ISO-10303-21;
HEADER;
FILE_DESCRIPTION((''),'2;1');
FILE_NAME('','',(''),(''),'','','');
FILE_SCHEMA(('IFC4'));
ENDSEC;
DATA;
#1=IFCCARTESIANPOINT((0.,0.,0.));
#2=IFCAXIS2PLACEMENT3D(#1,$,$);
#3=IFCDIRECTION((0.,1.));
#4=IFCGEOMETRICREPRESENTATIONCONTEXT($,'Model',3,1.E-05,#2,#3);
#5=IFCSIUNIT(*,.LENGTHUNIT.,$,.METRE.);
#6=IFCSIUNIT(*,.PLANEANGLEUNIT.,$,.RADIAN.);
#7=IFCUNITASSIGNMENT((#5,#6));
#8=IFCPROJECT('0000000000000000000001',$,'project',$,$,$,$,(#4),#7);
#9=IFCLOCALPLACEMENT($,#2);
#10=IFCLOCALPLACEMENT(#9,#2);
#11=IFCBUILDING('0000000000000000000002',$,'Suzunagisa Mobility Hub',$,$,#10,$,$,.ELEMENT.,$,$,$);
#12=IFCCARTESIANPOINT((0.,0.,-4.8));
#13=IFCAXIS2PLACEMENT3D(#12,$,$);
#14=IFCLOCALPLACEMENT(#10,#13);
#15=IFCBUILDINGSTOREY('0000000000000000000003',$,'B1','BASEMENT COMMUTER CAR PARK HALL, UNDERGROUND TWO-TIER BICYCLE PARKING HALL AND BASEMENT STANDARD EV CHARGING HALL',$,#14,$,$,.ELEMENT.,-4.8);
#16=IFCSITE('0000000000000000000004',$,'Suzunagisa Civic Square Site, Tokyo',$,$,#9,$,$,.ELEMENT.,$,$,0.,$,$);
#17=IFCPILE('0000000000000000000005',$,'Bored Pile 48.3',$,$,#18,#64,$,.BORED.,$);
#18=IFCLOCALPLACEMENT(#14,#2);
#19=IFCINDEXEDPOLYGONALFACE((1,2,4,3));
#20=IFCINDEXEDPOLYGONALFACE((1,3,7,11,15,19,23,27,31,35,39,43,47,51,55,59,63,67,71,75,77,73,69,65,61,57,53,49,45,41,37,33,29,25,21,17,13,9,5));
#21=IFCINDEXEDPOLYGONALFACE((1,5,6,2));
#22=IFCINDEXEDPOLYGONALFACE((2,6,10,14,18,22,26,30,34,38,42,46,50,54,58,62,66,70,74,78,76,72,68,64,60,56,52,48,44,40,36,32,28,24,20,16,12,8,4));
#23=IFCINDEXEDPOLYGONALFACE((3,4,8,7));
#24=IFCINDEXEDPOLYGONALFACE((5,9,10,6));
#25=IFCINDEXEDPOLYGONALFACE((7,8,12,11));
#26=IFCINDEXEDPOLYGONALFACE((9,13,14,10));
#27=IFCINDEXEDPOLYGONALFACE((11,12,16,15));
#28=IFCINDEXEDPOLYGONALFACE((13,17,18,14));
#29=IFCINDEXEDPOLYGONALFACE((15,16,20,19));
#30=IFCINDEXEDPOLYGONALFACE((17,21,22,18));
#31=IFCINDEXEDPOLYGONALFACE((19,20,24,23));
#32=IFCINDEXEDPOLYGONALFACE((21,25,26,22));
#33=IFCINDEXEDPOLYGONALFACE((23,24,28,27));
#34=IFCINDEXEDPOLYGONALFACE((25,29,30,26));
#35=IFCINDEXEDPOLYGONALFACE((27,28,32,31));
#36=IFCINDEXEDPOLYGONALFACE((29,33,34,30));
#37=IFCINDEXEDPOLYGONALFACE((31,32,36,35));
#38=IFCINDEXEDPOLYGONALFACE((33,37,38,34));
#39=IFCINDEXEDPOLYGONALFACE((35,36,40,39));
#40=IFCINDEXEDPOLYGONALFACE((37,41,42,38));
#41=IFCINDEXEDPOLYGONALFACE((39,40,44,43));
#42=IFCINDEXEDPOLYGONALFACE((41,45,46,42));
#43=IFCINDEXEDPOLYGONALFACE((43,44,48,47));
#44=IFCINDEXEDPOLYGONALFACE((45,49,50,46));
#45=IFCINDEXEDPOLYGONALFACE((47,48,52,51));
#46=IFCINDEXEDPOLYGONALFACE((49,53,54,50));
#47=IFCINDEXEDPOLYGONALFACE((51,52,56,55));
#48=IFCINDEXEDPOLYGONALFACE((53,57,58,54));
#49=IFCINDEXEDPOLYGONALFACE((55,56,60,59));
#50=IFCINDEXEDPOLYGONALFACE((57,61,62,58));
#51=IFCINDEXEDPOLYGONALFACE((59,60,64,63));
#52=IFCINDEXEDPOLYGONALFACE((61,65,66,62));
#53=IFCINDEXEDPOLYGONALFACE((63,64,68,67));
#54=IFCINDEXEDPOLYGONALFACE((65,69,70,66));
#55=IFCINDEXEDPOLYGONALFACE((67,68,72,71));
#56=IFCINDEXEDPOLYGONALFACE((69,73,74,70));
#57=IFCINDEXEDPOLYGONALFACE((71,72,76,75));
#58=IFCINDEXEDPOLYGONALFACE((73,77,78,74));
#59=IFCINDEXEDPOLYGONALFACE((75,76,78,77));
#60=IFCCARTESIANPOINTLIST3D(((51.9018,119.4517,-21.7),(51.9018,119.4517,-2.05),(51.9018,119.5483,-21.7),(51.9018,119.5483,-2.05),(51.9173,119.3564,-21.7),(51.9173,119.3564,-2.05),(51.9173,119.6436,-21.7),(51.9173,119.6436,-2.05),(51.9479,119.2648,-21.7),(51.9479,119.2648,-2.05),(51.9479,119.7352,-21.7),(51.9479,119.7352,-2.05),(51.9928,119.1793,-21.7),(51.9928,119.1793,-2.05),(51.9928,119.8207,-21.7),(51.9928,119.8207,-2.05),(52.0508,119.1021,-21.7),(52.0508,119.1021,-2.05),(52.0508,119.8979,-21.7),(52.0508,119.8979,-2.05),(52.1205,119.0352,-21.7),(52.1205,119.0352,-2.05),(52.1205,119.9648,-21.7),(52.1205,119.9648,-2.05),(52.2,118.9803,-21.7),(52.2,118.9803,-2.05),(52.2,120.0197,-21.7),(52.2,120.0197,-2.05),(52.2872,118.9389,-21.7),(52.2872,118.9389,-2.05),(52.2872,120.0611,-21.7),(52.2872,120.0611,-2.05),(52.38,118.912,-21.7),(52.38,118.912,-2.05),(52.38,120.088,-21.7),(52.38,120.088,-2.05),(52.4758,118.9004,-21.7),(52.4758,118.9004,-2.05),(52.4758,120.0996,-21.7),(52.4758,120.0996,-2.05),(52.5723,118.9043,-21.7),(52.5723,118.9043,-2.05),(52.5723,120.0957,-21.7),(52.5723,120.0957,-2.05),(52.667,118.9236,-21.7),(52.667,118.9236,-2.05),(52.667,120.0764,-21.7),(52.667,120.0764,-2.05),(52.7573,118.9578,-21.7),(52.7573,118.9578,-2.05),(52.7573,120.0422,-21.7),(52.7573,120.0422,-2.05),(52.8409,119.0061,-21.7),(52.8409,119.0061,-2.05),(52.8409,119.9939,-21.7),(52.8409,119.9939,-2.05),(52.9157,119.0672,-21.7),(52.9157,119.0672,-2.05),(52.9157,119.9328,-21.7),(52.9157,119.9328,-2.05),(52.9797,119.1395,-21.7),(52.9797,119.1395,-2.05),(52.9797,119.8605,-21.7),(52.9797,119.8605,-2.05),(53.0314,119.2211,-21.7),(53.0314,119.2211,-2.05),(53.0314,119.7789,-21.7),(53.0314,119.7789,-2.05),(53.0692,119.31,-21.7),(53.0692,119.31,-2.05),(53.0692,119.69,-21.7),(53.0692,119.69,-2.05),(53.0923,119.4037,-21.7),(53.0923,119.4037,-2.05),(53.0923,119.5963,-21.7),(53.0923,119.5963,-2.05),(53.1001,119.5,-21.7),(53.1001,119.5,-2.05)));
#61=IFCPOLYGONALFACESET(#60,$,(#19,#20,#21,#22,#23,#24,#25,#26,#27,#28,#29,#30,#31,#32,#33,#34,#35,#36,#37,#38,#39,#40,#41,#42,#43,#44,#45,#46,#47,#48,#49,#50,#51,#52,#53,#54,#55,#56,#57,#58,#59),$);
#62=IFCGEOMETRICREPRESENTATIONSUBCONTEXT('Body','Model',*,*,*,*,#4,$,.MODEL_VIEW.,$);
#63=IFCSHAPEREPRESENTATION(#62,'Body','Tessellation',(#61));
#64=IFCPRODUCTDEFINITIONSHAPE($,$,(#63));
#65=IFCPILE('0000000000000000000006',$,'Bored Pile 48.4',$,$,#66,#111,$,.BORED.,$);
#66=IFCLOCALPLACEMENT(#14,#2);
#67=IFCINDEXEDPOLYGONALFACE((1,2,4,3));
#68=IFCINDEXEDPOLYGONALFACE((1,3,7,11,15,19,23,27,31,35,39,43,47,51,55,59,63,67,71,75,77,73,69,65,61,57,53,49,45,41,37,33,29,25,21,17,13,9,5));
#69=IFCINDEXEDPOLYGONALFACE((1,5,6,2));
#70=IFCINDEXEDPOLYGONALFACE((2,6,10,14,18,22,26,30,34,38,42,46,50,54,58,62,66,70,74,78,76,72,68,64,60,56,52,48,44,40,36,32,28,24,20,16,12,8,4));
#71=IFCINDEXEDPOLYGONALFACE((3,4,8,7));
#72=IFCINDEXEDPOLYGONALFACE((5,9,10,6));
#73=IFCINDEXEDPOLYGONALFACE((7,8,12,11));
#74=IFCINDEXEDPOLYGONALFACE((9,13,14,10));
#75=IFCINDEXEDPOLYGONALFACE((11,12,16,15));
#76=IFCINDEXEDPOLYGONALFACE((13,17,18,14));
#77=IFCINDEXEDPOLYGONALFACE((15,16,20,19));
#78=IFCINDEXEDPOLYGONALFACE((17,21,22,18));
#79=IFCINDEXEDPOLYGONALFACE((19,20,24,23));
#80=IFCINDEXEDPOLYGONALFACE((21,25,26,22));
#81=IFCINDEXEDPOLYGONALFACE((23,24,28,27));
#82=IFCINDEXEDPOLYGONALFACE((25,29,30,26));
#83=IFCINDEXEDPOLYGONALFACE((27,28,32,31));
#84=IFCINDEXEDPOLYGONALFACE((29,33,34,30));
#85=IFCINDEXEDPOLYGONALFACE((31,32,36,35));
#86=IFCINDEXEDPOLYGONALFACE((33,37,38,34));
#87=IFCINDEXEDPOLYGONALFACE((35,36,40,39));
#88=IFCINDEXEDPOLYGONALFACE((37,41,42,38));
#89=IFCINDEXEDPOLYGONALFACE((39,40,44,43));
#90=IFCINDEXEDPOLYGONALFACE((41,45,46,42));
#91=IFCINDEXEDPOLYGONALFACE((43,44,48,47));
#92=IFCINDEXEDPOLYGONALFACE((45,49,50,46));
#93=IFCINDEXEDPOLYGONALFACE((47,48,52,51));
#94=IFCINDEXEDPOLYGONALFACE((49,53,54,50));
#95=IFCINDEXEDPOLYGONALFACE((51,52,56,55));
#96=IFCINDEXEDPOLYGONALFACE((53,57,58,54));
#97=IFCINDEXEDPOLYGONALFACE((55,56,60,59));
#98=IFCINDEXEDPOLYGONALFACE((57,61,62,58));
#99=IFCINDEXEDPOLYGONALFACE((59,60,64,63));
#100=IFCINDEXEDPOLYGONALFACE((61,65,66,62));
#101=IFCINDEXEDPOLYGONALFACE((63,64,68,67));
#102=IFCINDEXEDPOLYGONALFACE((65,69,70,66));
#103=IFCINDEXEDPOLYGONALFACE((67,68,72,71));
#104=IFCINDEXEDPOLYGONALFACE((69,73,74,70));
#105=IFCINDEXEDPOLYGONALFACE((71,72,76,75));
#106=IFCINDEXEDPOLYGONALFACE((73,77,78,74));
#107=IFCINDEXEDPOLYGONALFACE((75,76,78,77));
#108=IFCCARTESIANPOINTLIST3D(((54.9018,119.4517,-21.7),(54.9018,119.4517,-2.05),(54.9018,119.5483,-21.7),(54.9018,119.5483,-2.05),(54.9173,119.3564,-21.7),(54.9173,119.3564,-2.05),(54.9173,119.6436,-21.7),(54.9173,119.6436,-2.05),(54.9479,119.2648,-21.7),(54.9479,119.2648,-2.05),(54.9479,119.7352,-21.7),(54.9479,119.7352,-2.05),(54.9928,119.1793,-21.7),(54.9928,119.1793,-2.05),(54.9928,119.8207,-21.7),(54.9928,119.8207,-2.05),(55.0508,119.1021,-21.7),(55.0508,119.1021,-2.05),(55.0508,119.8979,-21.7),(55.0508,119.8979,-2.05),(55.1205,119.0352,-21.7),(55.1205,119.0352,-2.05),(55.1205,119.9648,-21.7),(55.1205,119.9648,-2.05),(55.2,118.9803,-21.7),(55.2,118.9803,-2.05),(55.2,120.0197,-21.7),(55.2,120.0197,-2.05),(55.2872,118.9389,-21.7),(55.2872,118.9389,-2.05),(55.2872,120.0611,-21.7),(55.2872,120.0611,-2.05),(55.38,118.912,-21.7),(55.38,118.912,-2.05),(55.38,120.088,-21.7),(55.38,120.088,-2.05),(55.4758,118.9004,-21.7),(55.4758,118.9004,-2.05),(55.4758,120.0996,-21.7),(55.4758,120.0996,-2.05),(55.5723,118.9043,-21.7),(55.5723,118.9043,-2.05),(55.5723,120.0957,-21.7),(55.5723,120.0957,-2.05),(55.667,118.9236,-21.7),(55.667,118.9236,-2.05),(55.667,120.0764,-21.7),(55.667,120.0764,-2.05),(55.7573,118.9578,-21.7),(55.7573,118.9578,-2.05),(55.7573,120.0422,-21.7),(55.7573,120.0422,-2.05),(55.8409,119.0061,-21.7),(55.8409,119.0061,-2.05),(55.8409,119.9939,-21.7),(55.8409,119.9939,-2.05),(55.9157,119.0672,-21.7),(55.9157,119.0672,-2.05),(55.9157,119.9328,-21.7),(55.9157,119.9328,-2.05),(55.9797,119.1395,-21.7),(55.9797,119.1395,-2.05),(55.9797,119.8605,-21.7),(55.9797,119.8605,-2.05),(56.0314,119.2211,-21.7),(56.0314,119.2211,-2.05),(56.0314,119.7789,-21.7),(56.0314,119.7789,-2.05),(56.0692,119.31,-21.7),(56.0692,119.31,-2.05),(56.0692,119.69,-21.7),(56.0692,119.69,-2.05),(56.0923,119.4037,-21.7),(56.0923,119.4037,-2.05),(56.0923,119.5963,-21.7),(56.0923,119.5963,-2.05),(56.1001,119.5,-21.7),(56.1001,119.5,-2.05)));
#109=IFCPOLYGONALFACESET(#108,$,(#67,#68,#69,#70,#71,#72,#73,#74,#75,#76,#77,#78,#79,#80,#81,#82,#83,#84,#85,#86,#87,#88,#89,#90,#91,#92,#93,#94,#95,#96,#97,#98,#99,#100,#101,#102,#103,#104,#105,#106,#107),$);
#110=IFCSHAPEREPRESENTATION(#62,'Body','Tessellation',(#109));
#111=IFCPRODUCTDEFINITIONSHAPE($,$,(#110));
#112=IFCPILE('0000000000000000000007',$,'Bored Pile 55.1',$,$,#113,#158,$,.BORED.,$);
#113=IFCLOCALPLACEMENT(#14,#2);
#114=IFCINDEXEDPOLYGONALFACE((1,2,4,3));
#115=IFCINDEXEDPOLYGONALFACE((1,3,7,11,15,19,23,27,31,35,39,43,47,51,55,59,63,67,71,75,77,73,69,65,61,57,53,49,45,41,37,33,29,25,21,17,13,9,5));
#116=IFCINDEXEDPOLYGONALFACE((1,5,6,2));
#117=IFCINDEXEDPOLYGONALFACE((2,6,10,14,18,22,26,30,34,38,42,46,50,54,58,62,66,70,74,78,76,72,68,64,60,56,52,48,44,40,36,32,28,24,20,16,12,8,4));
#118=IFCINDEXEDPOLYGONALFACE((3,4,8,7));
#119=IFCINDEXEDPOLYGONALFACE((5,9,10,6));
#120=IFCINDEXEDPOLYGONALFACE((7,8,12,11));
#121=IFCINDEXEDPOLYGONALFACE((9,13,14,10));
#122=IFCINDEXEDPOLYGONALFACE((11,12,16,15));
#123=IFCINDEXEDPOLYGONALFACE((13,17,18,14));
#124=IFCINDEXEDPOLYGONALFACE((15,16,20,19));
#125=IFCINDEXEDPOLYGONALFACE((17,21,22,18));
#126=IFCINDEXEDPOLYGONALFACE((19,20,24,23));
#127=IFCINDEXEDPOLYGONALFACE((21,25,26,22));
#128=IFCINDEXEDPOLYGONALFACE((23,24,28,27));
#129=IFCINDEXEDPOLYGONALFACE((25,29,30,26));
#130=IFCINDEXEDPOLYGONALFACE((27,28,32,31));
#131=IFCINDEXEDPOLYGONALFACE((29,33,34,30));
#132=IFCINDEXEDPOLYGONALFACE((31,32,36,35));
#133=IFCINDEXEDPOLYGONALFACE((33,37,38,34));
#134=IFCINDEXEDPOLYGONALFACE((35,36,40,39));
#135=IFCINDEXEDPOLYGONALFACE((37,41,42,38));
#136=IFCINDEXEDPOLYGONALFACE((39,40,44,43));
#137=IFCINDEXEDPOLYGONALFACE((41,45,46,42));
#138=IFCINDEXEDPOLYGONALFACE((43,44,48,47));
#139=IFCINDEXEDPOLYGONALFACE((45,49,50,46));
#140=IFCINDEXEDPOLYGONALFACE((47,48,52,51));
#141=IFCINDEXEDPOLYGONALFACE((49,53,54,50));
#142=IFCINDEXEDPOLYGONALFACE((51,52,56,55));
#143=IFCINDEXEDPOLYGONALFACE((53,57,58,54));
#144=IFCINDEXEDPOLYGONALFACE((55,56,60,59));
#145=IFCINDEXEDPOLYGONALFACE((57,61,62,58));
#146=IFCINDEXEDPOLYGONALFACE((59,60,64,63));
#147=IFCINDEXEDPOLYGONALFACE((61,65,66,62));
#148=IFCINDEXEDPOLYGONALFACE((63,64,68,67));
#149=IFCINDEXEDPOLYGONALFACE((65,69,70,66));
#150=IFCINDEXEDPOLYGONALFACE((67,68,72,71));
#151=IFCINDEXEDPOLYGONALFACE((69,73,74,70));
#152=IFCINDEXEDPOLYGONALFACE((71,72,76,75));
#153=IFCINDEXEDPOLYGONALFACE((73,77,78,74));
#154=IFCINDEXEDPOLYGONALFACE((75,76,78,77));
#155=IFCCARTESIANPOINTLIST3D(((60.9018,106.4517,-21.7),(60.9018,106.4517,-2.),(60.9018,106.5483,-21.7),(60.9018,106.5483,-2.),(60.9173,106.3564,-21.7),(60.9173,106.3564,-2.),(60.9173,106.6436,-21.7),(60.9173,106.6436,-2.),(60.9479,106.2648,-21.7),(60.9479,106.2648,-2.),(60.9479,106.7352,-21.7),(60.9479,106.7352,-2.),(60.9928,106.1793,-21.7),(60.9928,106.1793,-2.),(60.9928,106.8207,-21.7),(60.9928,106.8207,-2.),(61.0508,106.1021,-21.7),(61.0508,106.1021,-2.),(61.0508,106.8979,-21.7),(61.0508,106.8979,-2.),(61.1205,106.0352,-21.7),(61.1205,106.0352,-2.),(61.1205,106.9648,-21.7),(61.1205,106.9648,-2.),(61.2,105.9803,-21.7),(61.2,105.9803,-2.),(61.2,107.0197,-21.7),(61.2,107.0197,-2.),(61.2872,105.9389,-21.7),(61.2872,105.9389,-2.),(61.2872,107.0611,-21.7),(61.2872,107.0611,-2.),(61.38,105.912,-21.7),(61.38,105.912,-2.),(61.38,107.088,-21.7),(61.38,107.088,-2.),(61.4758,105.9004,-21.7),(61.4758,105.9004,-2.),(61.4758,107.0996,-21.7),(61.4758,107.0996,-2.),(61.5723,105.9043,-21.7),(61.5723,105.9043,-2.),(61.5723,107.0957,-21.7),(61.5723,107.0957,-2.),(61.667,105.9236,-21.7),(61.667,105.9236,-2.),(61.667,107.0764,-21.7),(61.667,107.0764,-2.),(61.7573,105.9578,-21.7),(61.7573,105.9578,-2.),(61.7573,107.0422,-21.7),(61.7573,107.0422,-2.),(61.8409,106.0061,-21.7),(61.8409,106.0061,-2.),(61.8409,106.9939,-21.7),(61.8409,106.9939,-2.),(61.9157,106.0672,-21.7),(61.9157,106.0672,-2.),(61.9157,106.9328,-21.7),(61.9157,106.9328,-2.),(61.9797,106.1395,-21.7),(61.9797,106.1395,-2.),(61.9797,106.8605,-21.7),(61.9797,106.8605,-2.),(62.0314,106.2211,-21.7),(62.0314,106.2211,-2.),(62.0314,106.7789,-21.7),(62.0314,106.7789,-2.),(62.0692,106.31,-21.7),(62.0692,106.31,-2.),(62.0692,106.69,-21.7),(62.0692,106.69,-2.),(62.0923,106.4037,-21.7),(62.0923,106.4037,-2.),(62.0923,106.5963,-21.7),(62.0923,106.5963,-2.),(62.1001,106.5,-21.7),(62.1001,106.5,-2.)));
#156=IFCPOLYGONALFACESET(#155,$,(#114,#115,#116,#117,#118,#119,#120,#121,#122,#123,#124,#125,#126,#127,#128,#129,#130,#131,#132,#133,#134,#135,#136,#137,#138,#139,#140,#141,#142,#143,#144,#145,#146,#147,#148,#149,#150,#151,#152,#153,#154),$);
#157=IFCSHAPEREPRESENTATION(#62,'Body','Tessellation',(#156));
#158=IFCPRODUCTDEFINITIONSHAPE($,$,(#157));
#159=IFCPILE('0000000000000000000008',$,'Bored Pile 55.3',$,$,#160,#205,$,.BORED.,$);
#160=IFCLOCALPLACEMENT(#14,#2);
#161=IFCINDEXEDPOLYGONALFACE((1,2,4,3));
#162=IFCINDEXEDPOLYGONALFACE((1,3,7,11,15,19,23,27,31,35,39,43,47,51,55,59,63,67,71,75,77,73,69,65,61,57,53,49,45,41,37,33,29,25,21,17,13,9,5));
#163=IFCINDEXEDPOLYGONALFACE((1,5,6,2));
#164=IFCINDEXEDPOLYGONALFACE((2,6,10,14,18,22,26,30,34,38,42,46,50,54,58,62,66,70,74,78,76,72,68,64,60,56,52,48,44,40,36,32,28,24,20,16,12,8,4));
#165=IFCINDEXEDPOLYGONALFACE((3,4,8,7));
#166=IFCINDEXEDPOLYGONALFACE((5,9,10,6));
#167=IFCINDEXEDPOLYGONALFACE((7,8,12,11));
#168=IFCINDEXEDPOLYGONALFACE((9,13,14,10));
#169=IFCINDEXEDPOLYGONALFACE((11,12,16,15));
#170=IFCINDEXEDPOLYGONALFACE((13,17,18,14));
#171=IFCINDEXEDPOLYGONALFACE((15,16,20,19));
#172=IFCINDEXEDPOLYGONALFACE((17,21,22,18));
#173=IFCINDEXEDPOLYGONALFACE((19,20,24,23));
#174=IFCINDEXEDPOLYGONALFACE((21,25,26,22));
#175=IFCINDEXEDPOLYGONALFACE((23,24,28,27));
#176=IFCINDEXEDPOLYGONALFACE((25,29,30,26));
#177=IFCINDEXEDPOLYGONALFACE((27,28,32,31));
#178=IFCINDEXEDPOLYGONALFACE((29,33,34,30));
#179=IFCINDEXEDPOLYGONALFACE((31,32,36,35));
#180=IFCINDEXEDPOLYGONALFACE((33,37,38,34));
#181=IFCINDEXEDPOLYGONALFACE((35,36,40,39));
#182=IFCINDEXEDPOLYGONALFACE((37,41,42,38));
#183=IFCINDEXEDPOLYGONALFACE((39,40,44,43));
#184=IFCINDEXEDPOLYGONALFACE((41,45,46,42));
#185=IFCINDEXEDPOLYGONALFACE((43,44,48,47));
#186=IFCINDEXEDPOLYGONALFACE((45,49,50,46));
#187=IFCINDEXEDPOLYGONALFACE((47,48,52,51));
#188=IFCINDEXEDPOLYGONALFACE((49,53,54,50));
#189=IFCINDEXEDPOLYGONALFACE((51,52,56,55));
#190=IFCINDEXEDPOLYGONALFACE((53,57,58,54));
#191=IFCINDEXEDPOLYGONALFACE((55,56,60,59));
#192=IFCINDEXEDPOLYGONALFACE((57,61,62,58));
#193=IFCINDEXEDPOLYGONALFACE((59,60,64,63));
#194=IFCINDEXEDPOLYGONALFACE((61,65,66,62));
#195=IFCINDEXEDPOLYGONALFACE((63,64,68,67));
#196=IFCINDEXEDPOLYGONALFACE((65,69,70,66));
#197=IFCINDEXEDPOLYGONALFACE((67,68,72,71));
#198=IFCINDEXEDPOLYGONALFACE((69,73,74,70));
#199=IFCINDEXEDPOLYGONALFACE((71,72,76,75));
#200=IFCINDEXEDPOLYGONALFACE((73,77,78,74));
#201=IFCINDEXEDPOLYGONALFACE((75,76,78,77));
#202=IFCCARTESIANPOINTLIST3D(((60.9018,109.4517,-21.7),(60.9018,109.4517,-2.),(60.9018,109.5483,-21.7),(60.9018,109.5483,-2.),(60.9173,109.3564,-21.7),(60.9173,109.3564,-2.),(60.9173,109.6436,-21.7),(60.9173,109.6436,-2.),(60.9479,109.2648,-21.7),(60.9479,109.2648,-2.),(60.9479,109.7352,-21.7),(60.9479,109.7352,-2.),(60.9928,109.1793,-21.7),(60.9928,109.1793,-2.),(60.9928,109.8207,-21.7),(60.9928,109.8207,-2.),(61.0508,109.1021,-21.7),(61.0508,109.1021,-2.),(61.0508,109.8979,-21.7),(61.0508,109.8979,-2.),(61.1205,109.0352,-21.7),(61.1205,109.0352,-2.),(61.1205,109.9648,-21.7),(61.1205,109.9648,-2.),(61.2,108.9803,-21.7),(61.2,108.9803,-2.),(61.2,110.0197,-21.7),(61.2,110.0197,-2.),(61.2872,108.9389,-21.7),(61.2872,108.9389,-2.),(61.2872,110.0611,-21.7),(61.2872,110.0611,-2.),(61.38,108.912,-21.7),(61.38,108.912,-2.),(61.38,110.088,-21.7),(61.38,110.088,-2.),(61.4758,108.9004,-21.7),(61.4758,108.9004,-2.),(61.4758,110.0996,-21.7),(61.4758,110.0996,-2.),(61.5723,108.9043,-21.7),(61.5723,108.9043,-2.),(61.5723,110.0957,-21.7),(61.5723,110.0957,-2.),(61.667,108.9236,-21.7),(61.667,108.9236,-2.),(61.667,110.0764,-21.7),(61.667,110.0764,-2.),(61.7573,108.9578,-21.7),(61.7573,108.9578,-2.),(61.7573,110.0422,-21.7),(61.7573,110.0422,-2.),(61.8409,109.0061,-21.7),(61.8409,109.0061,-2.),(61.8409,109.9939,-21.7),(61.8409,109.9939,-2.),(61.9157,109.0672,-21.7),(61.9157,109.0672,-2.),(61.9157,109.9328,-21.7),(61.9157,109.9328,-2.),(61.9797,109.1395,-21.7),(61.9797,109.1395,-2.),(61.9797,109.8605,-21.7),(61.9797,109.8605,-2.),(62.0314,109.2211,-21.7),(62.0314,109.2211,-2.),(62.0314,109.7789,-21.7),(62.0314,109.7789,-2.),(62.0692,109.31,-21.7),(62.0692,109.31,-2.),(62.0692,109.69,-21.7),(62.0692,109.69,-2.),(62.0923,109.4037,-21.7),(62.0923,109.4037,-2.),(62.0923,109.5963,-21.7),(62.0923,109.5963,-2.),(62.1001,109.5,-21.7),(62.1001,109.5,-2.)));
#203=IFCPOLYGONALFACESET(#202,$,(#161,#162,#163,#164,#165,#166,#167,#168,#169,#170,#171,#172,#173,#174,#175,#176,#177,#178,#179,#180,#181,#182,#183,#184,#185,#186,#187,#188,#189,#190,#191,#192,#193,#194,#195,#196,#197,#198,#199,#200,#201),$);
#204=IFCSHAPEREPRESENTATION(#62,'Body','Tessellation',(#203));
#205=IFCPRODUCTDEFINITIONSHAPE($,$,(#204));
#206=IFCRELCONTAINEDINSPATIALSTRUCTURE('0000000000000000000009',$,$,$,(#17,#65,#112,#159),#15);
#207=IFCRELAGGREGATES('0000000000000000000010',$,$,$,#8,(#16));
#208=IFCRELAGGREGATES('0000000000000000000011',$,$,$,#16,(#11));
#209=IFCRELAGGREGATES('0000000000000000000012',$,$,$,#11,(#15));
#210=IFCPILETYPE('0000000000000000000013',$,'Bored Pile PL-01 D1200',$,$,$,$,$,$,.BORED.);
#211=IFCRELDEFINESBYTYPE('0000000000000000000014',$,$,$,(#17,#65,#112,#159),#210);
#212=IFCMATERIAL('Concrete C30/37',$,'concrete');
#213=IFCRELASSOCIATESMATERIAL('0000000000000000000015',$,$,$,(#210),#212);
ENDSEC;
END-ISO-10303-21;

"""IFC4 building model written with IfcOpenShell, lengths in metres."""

from ifc_helpers import new_model, si_unit, direction, frame, origin, origin_2d, place, context, subcontext, project, spatial, circle, extrude, material, material_profile, profile_set, type_object, element, save


model = new_model("IFC4")

# Units and contexts
model_context = context("Model", 3, precision=1e-05, world=origin(), true_north=direction((0.0, 1.0)))
body_context = subcontext(model_context, "Body", "Model", "MODEL_VIEW")
ifc_project = project(units=[si_unit("LENGTHUNIT", "METRE"), si_unit("PLANEANGLEUNIT", "RADIAN")], contexts=[model_context])

# Site, building, storey
site_placement = place(None, origin())
site = spatial("IfcSite", under=ifc_project, at=site_placement, Name="Suzunagisa Civic Square Site, Tokyo", CompositionType="ELEMENT", RefElevation=0.0)
building_placement = place(site_placement, origin())
building = spatial("IfcBuilding", under=site, at=building_placement, Name="Suzunagisa Mobility Hub", CompositionType="ELEMENT")
storey_placement = place(building_placement, frame((0.0, 0.0, -4.8)))
storey = spatial("IfcBuildingStorey", under=building, at=storey_placement, Name="B1", Description="BASEMENT COMMUTER CAR PARK HALL, UNDERGROUND TWO-TIER BICYCLE PARKING HALL AND BASEMENT STANDARD EV CHARGING HALL", CompositionType="ELEMENT", Elevation=-4.8)

# Piles
ifc_material_1 = material(Name="Concrete C30/37", Category="concrete")
ifc_material_profile_1 = material_profile(ifc_material_1, circle(Radius=0.6001, at=origin_2d()), Name="BORED PILE D1200")
ifc_profile_set_1 = profile_set([ifc_material_profile_1], Name="Concrete C30/37")
pile_type = type_object("IfcPileType", Name="Bored Pile PL-01 D1200", PredefinedType="BORED", material=ifc_profile_set_1)
for number, where, z_axis, x_axis, name in (
    (1, (52.5, 119.5, -2.05), (0.0, 0.0, -1.0), (1.0, 0.0, 0.0), "Bored Pile 48.3"),
    (2, (55.5, 119.5, -2.05), (0.0, 0.0, -1.0), (1.0, 0.0, 0.0), "Bored Pile 48.4"),
):
    element("IfcPile", number, at=place(storey_placement, frame(where, z_axis=z_axis, x_axis=x_axis)), inside=storey, type_object=pile_type, Name=name, PredefinedType="BORED", context=body_context, shape_type="SweptSolid", body=[
        extrude(circle(Radius=0.6001, at=origin_2d()), origin(), (0.0, 0.0, 1.0), 19.6499),
    ])
for number, where, z_axis, x_axis, name in (
    (3, (61.5, 106.5, -2.0), (0.0, 0.0, -1.0), (1.0, 0.0, 0.0), "Bored Pile 55.1"),
    (4, (61.5, 109.5, -2.0), (0.0, 0.0, -1.0), (1.0, 0.0, 0.0), "Bored Pile 55.3"),
):
    element("IfcPile", number, at=place(storey_placement, frame(where, z_axis=z_axis, x_axis=x_axis)), inside=storey, type_object=pile_type, Name=name, PredefinedType="BORED", context=body_context, shape_type="SweptSolid", body=[
        extrude(circle(Radius=0.6001, at=origin_2d()), origin(), (0.0, 0.0, 1.0), 19.7),
    ])

save(model, "model.ifc")
